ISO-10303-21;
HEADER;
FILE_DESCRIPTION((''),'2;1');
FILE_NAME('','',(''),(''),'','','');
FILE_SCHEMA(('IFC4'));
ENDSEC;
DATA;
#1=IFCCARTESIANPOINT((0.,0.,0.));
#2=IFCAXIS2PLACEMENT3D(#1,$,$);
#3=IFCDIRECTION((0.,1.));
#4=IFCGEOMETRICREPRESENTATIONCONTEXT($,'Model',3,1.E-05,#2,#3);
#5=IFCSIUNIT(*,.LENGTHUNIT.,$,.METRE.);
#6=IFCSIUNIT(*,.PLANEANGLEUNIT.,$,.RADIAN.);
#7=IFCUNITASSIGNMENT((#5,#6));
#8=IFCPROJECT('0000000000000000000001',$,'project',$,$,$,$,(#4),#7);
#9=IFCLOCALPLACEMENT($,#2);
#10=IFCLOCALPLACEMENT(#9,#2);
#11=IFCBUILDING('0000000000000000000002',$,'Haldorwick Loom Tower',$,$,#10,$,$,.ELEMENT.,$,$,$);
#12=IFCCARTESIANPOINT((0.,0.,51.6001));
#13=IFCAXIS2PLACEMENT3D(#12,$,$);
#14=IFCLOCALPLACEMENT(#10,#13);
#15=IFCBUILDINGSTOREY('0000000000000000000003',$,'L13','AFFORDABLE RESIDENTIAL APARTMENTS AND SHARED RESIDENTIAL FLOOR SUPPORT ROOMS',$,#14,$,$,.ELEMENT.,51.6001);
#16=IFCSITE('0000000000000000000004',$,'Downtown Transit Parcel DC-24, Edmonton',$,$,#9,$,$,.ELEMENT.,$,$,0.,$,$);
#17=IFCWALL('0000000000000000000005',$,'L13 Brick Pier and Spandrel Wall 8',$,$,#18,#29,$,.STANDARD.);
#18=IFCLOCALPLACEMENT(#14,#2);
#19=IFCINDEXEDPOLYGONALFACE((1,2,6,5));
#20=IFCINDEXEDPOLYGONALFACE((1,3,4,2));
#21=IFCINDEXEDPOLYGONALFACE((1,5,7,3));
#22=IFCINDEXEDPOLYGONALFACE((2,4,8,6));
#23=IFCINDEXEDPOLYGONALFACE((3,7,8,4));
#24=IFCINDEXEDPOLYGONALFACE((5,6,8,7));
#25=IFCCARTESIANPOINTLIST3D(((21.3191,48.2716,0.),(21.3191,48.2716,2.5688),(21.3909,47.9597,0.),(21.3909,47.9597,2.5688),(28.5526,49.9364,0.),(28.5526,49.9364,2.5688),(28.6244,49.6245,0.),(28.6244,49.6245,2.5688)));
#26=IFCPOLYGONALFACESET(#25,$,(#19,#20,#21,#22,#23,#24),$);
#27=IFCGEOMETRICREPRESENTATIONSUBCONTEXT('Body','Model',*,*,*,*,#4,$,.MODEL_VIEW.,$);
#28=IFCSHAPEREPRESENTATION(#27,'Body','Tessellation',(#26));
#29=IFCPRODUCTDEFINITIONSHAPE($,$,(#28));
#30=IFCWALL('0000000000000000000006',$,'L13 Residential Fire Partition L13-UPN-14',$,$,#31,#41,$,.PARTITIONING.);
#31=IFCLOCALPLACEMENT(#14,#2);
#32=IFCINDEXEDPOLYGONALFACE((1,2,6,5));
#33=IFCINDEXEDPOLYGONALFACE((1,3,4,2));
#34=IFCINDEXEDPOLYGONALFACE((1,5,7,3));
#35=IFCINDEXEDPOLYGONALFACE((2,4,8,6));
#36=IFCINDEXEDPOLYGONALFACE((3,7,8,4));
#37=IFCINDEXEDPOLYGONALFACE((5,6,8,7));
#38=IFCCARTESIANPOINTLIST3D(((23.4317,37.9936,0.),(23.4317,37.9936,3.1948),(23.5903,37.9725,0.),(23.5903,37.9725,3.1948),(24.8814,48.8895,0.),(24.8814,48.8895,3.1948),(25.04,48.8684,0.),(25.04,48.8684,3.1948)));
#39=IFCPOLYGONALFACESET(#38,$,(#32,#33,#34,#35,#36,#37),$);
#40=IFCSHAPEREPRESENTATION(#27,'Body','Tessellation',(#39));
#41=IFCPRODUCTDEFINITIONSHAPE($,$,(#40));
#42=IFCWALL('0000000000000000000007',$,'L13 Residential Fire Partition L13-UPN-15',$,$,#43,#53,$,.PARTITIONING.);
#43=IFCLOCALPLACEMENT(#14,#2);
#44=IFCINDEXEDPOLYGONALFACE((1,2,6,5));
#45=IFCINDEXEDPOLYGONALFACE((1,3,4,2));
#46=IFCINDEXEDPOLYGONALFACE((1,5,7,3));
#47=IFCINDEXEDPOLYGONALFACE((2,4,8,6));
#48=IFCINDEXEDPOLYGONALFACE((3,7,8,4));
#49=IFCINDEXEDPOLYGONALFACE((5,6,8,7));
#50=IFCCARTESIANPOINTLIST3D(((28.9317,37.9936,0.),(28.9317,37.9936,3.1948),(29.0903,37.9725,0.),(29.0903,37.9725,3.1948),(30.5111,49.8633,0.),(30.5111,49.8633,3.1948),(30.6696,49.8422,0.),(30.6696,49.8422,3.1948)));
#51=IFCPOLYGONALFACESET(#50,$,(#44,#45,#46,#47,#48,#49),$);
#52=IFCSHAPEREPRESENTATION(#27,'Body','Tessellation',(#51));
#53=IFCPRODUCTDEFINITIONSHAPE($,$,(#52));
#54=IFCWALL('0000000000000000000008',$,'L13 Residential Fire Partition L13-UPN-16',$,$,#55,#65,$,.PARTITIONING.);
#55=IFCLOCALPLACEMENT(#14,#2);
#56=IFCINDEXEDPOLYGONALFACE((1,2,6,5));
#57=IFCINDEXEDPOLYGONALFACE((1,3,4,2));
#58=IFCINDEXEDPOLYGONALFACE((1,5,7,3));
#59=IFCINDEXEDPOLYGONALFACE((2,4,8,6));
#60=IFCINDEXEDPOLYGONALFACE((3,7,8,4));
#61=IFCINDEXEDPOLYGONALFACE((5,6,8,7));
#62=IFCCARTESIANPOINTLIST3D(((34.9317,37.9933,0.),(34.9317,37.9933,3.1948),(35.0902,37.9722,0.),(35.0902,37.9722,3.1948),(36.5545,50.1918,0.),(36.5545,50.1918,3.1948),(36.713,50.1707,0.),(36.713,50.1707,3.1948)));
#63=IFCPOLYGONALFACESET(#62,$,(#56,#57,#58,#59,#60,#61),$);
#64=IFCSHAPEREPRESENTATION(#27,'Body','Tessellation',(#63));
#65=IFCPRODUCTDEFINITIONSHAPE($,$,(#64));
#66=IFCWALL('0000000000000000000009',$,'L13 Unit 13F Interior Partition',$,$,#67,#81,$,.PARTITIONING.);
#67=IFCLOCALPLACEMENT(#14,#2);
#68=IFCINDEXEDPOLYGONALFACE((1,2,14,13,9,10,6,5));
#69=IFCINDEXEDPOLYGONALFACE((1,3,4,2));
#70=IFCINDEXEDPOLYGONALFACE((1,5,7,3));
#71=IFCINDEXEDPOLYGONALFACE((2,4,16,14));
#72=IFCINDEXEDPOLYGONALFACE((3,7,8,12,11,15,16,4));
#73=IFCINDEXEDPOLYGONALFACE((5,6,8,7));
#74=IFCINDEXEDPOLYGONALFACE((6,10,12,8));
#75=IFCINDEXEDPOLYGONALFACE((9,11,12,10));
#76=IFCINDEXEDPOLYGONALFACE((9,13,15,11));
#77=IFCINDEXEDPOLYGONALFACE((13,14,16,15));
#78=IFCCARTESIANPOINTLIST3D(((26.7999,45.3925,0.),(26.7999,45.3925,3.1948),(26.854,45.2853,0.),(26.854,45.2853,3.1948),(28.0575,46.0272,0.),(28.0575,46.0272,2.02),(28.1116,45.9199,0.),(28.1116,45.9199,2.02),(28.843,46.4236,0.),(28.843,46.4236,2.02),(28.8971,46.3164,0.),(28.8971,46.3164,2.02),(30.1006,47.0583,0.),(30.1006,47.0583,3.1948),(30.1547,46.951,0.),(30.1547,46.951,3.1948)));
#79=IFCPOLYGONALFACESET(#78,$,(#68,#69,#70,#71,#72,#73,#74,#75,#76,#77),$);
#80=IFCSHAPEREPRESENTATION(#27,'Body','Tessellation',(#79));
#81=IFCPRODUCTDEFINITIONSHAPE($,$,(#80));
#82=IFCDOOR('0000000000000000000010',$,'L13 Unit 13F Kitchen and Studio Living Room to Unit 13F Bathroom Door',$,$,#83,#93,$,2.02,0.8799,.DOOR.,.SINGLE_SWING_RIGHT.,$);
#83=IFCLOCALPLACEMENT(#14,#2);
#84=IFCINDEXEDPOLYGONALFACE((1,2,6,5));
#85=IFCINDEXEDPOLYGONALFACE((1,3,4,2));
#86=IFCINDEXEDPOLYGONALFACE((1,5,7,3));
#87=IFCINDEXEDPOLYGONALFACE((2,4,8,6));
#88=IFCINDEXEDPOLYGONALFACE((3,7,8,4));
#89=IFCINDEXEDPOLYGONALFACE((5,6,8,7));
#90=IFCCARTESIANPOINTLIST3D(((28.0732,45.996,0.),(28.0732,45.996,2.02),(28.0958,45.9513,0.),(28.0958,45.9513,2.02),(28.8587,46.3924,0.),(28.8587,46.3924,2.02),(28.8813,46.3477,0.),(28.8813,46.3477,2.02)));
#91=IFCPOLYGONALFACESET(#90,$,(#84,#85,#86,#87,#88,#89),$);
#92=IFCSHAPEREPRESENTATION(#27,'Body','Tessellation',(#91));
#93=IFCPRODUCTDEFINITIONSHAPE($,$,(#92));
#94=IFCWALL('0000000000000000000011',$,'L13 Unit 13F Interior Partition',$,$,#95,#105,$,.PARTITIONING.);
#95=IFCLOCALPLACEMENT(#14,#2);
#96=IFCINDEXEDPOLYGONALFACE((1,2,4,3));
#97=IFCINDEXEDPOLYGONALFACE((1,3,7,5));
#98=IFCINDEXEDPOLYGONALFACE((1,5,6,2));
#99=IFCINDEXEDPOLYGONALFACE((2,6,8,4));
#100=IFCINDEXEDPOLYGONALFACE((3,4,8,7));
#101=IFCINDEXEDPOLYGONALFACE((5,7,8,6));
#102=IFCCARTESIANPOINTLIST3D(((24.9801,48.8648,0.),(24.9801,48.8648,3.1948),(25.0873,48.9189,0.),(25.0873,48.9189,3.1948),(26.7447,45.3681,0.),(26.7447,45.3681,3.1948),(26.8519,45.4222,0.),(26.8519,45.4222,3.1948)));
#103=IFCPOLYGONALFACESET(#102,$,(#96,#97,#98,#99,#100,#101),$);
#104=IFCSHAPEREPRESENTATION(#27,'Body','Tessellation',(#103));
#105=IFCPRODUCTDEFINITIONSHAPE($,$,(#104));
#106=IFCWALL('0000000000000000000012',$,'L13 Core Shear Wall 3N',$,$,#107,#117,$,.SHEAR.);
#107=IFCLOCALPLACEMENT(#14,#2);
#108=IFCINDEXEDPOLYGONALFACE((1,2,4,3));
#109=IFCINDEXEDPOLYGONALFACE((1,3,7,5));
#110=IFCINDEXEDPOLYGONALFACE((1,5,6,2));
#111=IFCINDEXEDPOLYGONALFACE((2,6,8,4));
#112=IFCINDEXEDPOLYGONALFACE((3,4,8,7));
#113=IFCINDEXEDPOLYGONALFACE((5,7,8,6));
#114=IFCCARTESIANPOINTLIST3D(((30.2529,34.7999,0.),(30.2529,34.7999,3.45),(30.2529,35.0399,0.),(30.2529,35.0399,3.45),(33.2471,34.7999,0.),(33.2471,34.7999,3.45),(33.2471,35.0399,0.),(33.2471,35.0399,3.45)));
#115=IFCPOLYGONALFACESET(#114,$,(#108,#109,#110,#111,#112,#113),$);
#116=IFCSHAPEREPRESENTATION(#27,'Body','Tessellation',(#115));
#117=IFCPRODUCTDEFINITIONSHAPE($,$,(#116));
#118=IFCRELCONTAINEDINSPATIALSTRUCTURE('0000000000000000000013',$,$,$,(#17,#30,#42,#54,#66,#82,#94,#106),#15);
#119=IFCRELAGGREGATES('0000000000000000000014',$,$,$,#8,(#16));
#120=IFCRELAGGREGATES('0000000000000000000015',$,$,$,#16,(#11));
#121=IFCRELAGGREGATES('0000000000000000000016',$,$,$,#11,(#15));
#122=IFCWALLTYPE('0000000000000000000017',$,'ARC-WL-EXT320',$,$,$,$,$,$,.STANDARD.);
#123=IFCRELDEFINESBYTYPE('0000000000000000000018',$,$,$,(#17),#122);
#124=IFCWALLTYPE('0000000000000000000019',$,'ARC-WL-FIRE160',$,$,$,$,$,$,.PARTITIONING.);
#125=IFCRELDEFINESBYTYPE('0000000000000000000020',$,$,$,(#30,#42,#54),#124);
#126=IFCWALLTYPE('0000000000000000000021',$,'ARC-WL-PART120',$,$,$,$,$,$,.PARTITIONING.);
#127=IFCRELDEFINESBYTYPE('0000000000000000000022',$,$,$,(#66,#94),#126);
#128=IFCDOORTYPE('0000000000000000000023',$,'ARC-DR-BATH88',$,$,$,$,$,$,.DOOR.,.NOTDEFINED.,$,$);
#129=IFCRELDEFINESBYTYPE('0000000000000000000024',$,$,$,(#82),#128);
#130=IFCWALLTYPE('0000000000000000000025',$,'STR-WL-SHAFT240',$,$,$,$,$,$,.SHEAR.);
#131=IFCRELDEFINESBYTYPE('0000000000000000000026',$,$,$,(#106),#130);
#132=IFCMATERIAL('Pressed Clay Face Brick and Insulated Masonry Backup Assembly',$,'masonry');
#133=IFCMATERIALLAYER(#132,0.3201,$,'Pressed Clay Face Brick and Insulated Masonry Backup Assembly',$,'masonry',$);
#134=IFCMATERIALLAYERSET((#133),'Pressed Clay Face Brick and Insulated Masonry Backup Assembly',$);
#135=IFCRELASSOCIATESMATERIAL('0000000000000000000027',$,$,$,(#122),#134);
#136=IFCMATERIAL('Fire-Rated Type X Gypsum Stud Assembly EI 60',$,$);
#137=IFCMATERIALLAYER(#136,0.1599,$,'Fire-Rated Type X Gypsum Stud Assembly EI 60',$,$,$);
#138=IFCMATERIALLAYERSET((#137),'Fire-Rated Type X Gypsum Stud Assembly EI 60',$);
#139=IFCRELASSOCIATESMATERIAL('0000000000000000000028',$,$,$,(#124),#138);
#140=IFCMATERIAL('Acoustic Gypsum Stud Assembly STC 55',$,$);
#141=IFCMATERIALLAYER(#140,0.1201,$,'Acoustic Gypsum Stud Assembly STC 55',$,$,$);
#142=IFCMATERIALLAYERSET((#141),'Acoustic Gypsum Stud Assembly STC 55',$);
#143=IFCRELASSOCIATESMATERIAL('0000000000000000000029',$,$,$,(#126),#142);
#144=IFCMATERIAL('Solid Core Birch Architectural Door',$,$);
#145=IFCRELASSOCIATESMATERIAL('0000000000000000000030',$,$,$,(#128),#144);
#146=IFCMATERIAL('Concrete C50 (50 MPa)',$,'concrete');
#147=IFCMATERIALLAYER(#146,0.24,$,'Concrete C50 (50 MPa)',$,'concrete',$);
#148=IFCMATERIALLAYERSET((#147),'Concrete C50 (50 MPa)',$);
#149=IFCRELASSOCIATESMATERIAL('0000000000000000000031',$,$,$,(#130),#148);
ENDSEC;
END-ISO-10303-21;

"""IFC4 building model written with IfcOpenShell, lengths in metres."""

from ifc_helpers import new_model, si_unit, direction, frame, frame_2d, origin, place, context, subcontext, project, spatial, rectangle, extrude, material, layer, layer_set, type_object, element, fill, save


model = new_model("IFC4")

# Units and contexts
model_context = context("Model", 3, precision=1e-05, world=origin(), true_north=direction((0.0, 1.0)))
body_context = subcontext(model_context, "Body", "Model", "MODEL_VIEW")
ifc_project = project(units=[si_unit("LENGTHUNIT", "METRE"), si_unit("PLANEANGLEUNIT", "RADIAN")], contexts=[model_context])

# Site, building, storey
site_placement = place(None, origin())
site = spatial("IfcSite", under=ifc_project, at=site_placement, Name="Downtown Transit Parcel DC-24, Edmonton", CompositionType="ELEMENT", RefElevation=0.0)
building_placement = place(site_placement, origin())
building = spatial("IfcBuilding", under=site, at=building_placement, Name="Haldorwick Loom Tower", CompositionType="ELEMENT")
storey_placement = place(building_placement, frame((0.0, 0.0, 51.6001)))
storey = spatial("IfcBuildingStorey", under=building, at=storey_placement, Name="L13", Description="AFFORDABLE RESIDENTIAL APARTMENTS AND SHARED RESIDENTIAL FLOOR SUPPORT ROOMS", CompositionType="ELEMENT", Elevation=51.6001)

# Walls
ifc_material_1 = material(Name="Pressed Clay Face Brick and Insulated Masonry Backup Assembly", Category="masonry")
ifc_layer_1 = layer(ifc_material_1, 0.3201, Name="Pressed Clay Face Brick and Insulated Masonry Backup Assembly", Category="masonry")
ifc_layer_set_1 = layer_set([ifc_layer_1], Name="Pressed Clay Face Brick and Insulated Masonry Backup Assembly")
wall_type_1 = type_object("IfcWallType", Name="ARC-WL-EXT320", PredefinedType="STANDARD", material=ifc_layer_set_1)
wall_1_placement = place(storey_placement, frame((28.5886, 49.7805, 0.0), z_axis=(0.0, 0.0, 1.0), x_axis=(-0.974522, -0.22429, 0.0)))
element("IfcWall", 1, at=wall_1_placement, inside=storey, type_object=wall_type_1, Name="L13 Brick Pier and Spandrel Wall 8", PredefinedType="STANDARD", context=body_context, shape_type="SweptSolid", body=[
    extrude(rectangle(XDim=7.4226, YDim=0.3201, at=frame_2d((3.7114, 0.0))), origin(), (0.0, 0.0, 1.0), 2.5688),
])
ifc_material_2 = material(Name="Fire-Rated Type X Gypsum Stud Assembly EI 60")
ifc_layer_2 = layer(ifc_material_2, 0.1599, Name="Fire-Rated Type X Gypsum Stud Assembly EI 60")
ifc_layer_set_2 = layer_set([ifc_layer_2], Name="Fire-Rated Type X Gypsum Stud Assembly EI 60")
wall_type_2 = type_object("IfcWallType", Name="ARC-WL-FIRE160", PredefinedType="PARTITIONING", material=ifc_layer_set_2)
wall_2_placement = place(storey_placement, frame((23.511, 37.9829, 0.0), z_axis=(0.0, 0.0, 1.0), x_axis=(0.131887, 0.991265, 0.0)))
element("IfcWall", 2, at=wall_2_placement, inside=storey, type_object=wall_type_2, Name="L13 Residential Fire Partition L13-UPN-14", PredefinedType="PARTITIONING", context=body_context, shape_type="SweptSolid", body=[
    extrude(rectangle(XDim=10.9919, YDim=0.1599, at=frame_2d((5.4961, 0.0))), origin(), (0.0, 0.0, 1.0), 3.1948),
])
wall_3_placement = place(storey_placement, frame((29.011, 37.9829, 0.0), z_axis=(0.0, 0.0, 1.0), x_axis=(0.131893, 0.991264, 0.0)))
element("IfcWall", 3, at=wall_3_placement, inside=storey, type_object=wall_type_2, Name="L13 Residential Fire Partition L13-UPN-15", PredefinedType="PARTITIONING", context=body_context, shape_type="SweptSolid", body=[
    extrude(rectangle(XDim=11.9744, YDim=0.1599, at=frame_2d((5.9873, 0.0))), origin(), (0.0, 0.0, 1.0), 3.1948),
])
wall_4_placement = place(storey_placement, frame((35.011, 37.9829, 0.0), z_axis=(0.0, 0.0, 1.0), x_axis=(0.131871, 0.991267, 0.0)))
element("IfcWall", 4, at=wall_4_placement, inside=storey, type_object=wall_type_2, Name="L13 Residential Fire Partition L13-UPN-16", PredefinedType="PARTITIONING", context=body_context, shape_type="SweptSolid", body=[
    extrude(rectangle(XDim=12.3059, YDim=0.1599, at=frame_2d((6.1528, 0.0))), origin(), (0.0, 0.0, 1.0), 3.1948),
])

# Wall, opening, door
ifc_material_3 = material(Name="Acoustic Gypsum Stud Assembly STC 55")
ifc_layer_3 = layer(ifc_material_3, 0.1201, Name="Acoustic Gypsum Stud Assembly STC 55")
ifc_layer_set_3 = layer_set([ifc_layer_3], Name="Acoustic Gypsum Stud Assembly STC 55")
wall_type_3 = type_object("IfcWallType", Name="ARC-WL-PART120", PredefinedType="PARTITIONING", material=ifc_layer_set_3)
wall_5_placement = place(storey_placement, frame((30.1277, 47.0046, 0.0), z_axis=(0.0, 0.0, 1.0), x_axis=(-0.892757, -0.450539, 0.0)))
wall_5 = element("IfcWall", 5, at=wall_5_placement, inside=storey, type_object=wall_type_3, Name="L13 Unit 13F Interior Partition", PredefinedType="PARTITIONING", context=body_context, shape_type="SweptSolid", body=[
    extrude(rectangle(XDim=3.6973, YDim=0.1201, at=frame_2d((1.8486, 0.0))), origin(), (0.0, 0.0, 1.0), 3.1948),
])
opening_1_placement = place(wall_5_placement, frame((1.4087, 0.0, 0.0)))
opening_1 = element("IfcOpeningElement", 6, at=opening_1_placement, cuts=wall_5, PredefinedType="OPENING", context=body_context, shape_type="SweptSolid", body=[
    extrude(rectangle(XDim=0.8799, YDim=2.02, at=frame_2d((0.4399, 1.01))), frame((0.0, 0.0701, 0.0), z_axis=(0.0, -1.0, 0.0), x_axis=(1.0, 0.0, 0.0)), (0.0, 0.0, 1.0), 0.1401),
])
ifc_material_4 = material(Name="Solid Core Birch Architectural Door")
door_type_1 = type_object("IfcDoorType", Name="ARC-DR-BATH88", OperationType="NOTDEFINED", PredefinedType="DOOR", material=ifc_material_4)
door_1_placement = place(opening_1_placement, origin())
door_1 = element("IfcDoor", 7, at=door_1_placement, inside=storey, type_object=door_type_1, Name="L13 Unit 13F Kitchen and Studio Living Room to Unit 13F Bathroom Door", OperationType="SINGLE_SWING_RIGHT", OverallHeight=2.02, OverallWidth=0.8799, PredefinedType="DOOR", context=body_context, shape_type="SweptSolid", body=[
    extrude(rectangle(XDim=0.8799, YDim=2.02, at=frame_2d((0.4399, 1.01))), frame((0.0, 0.0249, 0.0), z_axis=(0.0, -1.0, 0.0), x_axis=(1.0, 0.0, 0.0)), (0.0, 0.0, 1.0), 0.05),
])
fill(opening_1, door_1)

# Walls
wall_6_placement = place(storey_placement, frame((26.7983, 45.395, 0.0), z_axis=(0.0, 0.0, 1.0), x_axis=(-0.450527, 0.892763, 0.0)))
element("IfcWall", 8, at=wall_6_placement, inside=storey, type_object=wall_type_3, Name="L13 Unit 13F Interior Partition", PredefinedType="PARTITIONING", context=body_context, shape_type="SweptSolid", body=[
    extrude(rectangle(XDim=3.9167, YDim=0.1201, at=frame_2d((1.9585, 0.0))), origin(), (0.0, 0.0, 1.0), 3.1948),
])
ifc_material_5 = material(Name="Concrete C50 (50 MPa)", Category="concrete")
ifc_layer_4 = layer(ifc_material_5, 0.24, Name="Concrete C50 (50 MPa)", Category="concrete")
ifc_layer_set_4 = layer_set([ifc_layer_4], Name="Concrete C50 (50 MPa)")
wall_type_4 = type_object("IfcWallType", Name="STR-WL-SHAFT240", PredefinedType="SHEAR", material=ifc_layer_set_4)
wall_7_placement = place(storey_placement, frame((30.2529, 34.9199, 0.0), z_axis=(0.0, 0.0, 1.0), x_axis=(1.0, 0.0, 0.0)))
element("IfcWall", 9, at=wall_7_placement, inside=storey, type_object=wall_type_4, Name="L13 Core Shear Wall 3N", PredefinedType="SHEAR", context=body_context, shape_type="SweptSolid", body=[
    extrude(rectangle(XDim=2.9941, YDim=0.24, at=frame_2d((1.4971, 0.0))), origin(), (0.0, 0.0, 1.0), 3.45),
])

save(model, "model.ifc")
